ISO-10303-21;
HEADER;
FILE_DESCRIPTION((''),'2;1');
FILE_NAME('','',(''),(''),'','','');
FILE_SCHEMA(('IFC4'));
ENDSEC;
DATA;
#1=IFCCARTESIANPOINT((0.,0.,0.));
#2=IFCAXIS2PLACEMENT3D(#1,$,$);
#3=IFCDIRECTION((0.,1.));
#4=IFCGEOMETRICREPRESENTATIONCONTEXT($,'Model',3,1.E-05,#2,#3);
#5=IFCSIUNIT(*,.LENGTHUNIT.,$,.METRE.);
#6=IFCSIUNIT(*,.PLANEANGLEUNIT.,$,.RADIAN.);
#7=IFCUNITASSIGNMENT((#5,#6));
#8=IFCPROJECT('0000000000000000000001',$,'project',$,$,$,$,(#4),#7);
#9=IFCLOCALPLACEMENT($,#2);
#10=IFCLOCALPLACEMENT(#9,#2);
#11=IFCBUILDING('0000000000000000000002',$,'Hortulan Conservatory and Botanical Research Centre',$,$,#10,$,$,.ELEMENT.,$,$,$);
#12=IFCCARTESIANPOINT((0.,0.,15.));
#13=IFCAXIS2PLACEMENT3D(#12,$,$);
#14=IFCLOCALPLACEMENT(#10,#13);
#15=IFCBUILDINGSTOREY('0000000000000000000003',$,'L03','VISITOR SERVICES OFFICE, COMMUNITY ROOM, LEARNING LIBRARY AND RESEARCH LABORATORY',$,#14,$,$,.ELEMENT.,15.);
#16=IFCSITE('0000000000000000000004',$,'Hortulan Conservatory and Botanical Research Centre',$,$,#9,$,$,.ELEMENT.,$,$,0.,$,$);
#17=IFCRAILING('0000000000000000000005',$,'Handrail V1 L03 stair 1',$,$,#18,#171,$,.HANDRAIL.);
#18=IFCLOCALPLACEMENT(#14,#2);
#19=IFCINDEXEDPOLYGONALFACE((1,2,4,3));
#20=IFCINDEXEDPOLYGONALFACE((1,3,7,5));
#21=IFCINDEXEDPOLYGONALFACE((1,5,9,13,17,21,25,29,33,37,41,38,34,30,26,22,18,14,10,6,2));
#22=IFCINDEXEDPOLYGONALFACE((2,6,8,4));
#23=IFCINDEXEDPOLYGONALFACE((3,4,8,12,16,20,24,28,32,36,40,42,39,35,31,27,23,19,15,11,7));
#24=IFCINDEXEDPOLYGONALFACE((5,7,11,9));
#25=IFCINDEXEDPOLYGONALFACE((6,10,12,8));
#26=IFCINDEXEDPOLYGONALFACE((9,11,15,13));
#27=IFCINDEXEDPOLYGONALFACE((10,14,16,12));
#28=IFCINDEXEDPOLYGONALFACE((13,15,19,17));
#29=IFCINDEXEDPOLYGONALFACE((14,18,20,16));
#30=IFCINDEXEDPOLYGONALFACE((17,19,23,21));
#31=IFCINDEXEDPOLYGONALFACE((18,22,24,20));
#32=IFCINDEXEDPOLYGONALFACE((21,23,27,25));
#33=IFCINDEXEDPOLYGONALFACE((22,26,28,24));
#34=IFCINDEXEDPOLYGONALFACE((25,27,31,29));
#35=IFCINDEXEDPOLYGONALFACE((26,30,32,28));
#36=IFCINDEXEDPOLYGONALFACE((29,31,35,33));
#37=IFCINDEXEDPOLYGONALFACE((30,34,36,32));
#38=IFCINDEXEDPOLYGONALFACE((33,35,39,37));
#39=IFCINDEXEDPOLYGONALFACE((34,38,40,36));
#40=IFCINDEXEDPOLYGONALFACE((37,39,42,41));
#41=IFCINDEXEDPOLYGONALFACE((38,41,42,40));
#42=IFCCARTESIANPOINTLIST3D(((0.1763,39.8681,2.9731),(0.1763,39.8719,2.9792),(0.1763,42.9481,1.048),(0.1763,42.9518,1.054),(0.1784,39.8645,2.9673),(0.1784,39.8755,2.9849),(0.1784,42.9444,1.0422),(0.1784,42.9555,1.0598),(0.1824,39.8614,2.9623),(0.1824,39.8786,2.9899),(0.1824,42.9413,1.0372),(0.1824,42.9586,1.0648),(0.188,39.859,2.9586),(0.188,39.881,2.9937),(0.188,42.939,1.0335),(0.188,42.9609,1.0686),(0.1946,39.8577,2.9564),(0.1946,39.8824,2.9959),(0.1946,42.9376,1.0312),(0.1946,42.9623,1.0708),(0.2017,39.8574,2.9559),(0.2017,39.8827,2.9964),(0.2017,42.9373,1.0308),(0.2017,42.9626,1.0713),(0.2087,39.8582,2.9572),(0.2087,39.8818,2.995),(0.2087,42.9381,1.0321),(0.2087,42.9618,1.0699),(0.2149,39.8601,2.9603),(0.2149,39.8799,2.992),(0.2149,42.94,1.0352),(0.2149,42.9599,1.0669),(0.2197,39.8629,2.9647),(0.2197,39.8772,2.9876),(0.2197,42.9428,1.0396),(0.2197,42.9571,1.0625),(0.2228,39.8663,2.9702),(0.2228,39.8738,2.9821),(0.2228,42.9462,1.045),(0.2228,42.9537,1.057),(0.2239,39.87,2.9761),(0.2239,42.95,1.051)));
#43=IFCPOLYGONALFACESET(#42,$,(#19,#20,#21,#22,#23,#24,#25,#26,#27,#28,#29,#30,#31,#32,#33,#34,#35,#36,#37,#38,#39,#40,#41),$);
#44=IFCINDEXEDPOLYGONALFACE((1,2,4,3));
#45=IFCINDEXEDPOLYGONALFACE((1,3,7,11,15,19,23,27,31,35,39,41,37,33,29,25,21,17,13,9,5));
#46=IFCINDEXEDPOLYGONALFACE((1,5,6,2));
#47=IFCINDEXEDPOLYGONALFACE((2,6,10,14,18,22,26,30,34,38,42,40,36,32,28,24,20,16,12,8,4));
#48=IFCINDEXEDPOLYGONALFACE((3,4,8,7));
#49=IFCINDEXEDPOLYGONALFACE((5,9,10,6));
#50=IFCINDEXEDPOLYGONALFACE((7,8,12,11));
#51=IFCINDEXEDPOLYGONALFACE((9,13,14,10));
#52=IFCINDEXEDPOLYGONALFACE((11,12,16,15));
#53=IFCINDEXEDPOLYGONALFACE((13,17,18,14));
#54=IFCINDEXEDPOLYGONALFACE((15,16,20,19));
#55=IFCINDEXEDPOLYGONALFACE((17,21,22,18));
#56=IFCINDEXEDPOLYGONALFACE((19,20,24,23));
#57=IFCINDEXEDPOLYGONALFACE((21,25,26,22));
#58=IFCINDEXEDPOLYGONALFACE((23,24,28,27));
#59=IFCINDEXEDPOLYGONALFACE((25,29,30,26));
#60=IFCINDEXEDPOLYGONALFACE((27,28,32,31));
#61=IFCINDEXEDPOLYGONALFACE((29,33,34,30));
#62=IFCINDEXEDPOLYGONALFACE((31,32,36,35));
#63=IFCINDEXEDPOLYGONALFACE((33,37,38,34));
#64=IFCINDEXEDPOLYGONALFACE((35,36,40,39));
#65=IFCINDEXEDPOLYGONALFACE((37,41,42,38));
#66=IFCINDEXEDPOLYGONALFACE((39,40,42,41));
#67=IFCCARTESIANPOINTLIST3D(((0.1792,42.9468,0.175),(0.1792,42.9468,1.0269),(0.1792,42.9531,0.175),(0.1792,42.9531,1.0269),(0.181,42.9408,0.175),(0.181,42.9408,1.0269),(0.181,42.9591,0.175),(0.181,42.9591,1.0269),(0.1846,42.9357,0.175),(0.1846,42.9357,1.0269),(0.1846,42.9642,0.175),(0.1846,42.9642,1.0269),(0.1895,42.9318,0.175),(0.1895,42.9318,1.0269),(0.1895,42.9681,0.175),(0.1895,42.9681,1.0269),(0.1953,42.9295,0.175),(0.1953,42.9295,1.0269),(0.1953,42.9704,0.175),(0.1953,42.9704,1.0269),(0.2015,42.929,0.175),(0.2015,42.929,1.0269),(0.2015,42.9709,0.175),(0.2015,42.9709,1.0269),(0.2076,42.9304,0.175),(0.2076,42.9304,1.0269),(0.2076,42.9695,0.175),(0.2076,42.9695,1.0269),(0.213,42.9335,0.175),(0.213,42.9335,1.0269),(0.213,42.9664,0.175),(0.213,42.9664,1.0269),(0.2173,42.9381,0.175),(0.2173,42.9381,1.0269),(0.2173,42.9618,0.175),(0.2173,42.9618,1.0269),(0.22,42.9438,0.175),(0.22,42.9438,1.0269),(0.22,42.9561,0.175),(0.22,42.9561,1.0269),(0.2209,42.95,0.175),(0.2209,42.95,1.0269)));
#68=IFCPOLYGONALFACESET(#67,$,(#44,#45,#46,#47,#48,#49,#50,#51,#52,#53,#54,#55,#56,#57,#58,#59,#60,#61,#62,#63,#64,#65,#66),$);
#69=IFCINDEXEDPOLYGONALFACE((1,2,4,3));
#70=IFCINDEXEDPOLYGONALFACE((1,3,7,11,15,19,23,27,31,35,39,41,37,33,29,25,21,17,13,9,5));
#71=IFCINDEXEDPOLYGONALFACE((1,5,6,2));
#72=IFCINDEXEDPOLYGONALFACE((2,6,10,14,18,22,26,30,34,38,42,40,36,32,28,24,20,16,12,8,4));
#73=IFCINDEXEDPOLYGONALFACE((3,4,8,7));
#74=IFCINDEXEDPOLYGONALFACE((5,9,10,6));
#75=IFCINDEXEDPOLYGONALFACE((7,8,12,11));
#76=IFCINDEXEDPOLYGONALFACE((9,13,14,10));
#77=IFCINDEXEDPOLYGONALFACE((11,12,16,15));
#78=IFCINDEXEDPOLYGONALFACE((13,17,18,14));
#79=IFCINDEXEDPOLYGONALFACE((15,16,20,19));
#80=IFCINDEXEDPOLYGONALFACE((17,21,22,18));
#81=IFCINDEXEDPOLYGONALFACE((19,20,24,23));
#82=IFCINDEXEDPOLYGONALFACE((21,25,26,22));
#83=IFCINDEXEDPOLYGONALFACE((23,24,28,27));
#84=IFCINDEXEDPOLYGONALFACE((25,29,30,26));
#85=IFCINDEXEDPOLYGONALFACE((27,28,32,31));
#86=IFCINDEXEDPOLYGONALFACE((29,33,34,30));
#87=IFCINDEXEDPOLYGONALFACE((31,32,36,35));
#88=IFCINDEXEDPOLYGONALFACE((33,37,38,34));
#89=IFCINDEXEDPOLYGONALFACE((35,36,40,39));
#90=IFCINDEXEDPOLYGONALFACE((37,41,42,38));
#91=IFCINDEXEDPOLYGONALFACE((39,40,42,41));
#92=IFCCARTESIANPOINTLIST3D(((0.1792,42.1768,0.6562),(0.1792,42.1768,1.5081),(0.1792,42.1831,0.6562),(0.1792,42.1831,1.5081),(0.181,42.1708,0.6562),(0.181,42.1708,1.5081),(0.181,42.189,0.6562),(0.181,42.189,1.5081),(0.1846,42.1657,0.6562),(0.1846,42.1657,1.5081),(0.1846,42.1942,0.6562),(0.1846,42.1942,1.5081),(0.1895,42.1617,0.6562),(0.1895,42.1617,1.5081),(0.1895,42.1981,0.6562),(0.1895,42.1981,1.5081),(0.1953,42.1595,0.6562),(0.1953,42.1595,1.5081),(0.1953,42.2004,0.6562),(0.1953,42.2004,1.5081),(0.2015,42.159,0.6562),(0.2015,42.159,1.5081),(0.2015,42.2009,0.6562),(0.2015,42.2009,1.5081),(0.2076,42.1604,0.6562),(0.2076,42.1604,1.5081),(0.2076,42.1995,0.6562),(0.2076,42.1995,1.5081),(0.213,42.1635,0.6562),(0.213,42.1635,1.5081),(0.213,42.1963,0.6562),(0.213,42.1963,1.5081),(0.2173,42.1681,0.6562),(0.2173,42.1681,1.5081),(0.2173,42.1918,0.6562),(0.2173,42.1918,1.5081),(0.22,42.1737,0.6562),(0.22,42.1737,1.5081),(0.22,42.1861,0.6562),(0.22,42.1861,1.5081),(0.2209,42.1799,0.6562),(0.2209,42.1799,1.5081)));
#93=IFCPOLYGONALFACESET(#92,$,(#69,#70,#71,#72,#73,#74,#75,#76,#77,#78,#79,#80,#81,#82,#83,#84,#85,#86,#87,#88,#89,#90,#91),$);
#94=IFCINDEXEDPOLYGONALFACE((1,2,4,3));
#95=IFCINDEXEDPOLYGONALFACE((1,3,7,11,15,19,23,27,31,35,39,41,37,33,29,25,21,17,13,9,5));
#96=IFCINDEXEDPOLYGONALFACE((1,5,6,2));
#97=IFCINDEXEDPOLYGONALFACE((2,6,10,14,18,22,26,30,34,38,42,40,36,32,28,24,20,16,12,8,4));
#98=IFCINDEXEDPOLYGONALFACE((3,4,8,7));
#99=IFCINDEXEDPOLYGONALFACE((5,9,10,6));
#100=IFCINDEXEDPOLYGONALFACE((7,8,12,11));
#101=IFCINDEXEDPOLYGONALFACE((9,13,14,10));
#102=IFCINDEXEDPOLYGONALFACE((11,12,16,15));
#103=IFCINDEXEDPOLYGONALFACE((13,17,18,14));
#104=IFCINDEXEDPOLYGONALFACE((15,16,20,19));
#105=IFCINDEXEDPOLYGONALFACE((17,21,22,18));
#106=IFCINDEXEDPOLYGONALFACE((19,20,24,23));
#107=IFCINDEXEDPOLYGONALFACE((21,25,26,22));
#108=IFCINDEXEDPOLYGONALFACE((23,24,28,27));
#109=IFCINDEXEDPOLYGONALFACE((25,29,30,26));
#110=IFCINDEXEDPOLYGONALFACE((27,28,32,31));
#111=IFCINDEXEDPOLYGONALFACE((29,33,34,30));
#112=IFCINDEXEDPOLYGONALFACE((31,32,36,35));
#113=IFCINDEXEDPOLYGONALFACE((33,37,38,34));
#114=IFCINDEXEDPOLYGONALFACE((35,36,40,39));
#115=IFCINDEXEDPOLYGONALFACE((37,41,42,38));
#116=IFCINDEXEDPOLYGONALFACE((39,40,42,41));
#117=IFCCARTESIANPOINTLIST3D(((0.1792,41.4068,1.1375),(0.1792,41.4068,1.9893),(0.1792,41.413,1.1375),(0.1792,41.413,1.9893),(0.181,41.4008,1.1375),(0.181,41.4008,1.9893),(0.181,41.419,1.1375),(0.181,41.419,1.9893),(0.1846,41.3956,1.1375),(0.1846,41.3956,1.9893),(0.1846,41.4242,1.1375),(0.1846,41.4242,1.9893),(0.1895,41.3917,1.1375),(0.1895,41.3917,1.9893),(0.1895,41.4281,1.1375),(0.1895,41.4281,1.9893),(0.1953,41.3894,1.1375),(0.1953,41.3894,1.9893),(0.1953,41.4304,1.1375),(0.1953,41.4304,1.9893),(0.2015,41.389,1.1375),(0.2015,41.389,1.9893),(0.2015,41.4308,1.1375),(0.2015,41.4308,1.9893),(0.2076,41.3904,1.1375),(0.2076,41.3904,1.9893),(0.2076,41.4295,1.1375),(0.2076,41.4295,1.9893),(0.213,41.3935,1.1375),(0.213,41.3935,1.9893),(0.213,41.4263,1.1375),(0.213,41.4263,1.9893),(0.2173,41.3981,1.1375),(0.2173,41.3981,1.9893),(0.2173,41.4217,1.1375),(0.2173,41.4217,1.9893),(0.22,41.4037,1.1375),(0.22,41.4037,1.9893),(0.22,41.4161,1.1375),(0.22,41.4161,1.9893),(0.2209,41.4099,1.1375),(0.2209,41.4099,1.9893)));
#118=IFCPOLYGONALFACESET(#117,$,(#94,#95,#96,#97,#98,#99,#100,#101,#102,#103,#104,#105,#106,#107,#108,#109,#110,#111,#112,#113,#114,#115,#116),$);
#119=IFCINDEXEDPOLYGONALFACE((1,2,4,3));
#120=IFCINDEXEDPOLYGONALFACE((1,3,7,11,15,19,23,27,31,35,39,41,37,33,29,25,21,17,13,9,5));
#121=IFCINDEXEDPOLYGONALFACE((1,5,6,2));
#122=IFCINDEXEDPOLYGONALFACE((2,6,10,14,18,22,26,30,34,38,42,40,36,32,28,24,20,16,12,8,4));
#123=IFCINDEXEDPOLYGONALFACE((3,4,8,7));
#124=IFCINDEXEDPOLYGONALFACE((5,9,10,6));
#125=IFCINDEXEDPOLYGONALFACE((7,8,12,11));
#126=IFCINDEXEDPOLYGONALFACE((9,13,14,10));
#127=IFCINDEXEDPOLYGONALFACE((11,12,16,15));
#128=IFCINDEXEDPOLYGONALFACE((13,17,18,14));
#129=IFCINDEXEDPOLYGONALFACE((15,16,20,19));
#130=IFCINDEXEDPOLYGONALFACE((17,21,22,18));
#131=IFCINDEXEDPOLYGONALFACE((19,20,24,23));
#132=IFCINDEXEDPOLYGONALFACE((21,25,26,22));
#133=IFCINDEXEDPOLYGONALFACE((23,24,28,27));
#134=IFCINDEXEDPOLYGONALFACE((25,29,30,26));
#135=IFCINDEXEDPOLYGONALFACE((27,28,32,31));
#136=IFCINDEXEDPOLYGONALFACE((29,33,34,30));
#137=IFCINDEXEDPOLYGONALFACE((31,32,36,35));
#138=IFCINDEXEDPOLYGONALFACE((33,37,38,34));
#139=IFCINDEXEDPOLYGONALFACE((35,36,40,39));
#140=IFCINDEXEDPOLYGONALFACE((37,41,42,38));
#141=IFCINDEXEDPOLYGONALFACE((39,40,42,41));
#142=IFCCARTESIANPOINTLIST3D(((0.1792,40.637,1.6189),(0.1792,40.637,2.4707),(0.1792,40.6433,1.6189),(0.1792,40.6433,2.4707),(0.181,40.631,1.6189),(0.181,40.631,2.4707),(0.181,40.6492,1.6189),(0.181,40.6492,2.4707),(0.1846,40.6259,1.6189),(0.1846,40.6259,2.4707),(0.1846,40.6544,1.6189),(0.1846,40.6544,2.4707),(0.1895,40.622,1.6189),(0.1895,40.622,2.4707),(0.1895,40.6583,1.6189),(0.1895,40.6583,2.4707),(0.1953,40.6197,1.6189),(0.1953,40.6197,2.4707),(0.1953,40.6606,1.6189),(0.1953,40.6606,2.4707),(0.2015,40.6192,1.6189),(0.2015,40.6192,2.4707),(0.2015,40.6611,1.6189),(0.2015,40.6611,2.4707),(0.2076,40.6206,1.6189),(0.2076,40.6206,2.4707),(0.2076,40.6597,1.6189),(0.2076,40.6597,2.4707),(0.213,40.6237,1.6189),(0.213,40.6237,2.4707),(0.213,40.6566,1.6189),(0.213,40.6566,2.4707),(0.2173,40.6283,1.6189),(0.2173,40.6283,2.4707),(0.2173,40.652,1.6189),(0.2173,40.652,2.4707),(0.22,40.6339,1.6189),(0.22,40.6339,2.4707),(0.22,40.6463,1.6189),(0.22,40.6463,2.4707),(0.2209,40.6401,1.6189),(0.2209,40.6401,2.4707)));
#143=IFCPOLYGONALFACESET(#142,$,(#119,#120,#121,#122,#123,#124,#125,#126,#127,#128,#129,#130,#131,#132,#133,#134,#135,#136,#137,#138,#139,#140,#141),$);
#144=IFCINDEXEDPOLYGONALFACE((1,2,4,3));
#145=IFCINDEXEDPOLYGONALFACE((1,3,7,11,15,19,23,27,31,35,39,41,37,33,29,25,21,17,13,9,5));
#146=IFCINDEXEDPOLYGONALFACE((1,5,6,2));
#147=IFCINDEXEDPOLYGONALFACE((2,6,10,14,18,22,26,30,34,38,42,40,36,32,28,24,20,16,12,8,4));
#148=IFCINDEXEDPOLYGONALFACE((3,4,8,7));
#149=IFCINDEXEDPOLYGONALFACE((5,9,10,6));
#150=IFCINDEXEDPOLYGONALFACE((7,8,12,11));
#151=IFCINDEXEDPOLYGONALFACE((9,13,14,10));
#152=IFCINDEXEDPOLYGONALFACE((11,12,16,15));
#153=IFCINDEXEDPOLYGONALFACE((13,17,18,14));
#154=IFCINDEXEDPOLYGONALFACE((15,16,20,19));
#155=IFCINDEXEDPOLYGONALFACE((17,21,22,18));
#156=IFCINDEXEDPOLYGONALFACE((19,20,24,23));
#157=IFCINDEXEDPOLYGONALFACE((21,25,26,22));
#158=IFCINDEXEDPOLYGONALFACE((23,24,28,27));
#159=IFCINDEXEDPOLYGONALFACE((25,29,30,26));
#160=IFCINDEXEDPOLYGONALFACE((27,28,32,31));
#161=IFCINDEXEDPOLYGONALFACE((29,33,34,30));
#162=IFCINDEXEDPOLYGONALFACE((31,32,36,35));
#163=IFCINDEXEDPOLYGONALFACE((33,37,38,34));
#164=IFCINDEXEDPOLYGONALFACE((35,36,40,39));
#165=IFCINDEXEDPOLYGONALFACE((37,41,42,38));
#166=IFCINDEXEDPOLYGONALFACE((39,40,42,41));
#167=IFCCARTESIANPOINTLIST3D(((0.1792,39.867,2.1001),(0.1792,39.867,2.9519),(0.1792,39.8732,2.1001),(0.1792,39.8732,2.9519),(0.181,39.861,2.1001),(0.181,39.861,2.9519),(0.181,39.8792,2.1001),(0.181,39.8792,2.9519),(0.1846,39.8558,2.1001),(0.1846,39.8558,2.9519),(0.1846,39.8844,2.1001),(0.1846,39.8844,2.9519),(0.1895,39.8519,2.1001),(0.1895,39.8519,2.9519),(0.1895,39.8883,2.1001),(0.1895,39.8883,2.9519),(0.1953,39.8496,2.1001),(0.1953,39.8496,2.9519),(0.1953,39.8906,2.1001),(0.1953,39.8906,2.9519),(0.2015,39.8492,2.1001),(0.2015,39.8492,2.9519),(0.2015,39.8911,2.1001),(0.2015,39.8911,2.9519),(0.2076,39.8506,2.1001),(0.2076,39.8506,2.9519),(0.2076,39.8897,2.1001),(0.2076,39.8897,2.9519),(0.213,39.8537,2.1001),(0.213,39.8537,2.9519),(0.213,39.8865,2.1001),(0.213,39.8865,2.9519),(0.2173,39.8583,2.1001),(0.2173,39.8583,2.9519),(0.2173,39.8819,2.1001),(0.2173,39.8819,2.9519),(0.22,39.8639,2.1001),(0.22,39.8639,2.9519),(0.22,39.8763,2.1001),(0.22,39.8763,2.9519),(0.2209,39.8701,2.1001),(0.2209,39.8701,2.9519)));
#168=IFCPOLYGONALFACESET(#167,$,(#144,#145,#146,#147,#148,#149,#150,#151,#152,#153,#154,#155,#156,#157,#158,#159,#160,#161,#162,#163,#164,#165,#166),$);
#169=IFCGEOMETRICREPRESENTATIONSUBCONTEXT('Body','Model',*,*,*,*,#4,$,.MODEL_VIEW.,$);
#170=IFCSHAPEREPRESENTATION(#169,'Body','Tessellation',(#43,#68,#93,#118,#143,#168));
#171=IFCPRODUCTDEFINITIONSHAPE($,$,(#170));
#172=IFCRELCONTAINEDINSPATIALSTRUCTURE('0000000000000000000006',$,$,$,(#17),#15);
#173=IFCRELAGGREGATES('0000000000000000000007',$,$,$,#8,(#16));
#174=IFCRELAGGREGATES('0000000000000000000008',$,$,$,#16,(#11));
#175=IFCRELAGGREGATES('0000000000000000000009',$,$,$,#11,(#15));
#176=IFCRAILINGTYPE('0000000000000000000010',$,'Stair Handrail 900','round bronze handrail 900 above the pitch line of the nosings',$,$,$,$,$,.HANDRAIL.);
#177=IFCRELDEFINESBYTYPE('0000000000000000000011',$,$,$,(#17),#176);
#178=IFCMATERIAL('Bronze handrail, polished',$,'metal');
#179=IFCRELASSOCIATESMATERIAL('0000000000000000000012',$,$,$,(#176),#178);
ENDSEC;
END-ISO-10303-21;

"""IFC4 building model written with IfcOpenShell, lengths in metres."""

from ifc_helpers import new_model, si_unit, direction, frame, origin, origin_2d, place, context, subcontext, project, spatial, circle, extrude, material, type_object, element, save


model = new_model("IFC4")

# Units and contexts
model_context = context("Model", 3, precision=1e-05, world=origin(), true_north=direction((0.0, 1.0)))
body_context = subcontext(model_context, "Body", "Model", "MODEL_VIEW")
ifc_project = project(units=[si_unit("LENGTHUNIT", "METRE"), si_unit("PLANEANGLEUNIT", "RADIAN")], contexts=[model_context])

# Site, building, storey
site_placement = place(None, origin())
site = spatial("IfcSite", under=ifc_project, at=site_placement, Name="Hortulan Conservatory and Botanical Research Centre", CompositionType="ELEMENT", RefElevation=0.0)
building_placement = place(site_placement, origin())
building = spatial("IfcBuilding", under=site, at=building_placement, Name="Hortulan Conservatory and Botanical Research Centre", CompositionType="ELEMENT")
storey_placement = place(building_placement, frame((0.0, 0.0, 15.0)))
storey = spatial("IfcBuildingStorey", under=building, at=storey_placement, Name="L03", Description="VISITOR SERVICES OFFICE, COMMUNITY ROOM, LEARNING LIBRARY AND RESEARCH LABORATORY", CompositionType="ELEMENT", Elevation=15.0)

# Railing
ifc_material_1 = material(Name="Bronze handrail, polished", Category="metal")
railing_type_1 = type_object("IfcRailingType", Name="Stair Handrail 900", Description="round bronze handrail 900 above the pitch line of the nosings", PredefinedType="HANDRAIL", material=ifc_material_1)
for number, where, name in (
    (1, (0.2, 42.95, 0.175), "Handrail V1 L03 stair 1"),
):
    element("IfcRailing", number, at=place(storey_placement, frame(where)), inside=storey, type_object=railing_type_1, Name=name, PredefinedType="HANDRAIL", context=body_context, shape_type="SweptSolid", body=[
        extrude(circle(Radius=0.0239, at=origin_2d()), frame((0.0, 0.0, 0.876), z_axis=(0.0, -0.847979, 0.530029), x_axis=(1.0, 0.0, 0.0)), (0.0, 0.0, 1.0), 3.6321),
        extrude(circle(Radius=0.021, at=origin_2d()), origin(), (0.0, 0.0, 1.0), 0.8518),
        extrude(circle(Radius=0.021, at=origin_2d()), frame((0.0, -0.77, 0.4812)), (0.0, 0.0, 1.0), 0.8518),
        extrude(circle(Radius=0.021, at=origin_2d()), frame((0.0, -1.54, 0.9624)), (0.0, 0.0, 1.0), 0.8518),
        extrude(circle(Radius=0.021, at=origin_2d()), frame((0.0, -2.3098, 1.4438)), (0.0, 0.0, 1.0), 0.8518),
        extrude(circle(Radius=0.021, at=origin_2d()), frame((0.0, -3.0798, 1.925)), (0.0, 0.0, 1.0), 0.8518),
    ])

save(model, "model.ifc")
